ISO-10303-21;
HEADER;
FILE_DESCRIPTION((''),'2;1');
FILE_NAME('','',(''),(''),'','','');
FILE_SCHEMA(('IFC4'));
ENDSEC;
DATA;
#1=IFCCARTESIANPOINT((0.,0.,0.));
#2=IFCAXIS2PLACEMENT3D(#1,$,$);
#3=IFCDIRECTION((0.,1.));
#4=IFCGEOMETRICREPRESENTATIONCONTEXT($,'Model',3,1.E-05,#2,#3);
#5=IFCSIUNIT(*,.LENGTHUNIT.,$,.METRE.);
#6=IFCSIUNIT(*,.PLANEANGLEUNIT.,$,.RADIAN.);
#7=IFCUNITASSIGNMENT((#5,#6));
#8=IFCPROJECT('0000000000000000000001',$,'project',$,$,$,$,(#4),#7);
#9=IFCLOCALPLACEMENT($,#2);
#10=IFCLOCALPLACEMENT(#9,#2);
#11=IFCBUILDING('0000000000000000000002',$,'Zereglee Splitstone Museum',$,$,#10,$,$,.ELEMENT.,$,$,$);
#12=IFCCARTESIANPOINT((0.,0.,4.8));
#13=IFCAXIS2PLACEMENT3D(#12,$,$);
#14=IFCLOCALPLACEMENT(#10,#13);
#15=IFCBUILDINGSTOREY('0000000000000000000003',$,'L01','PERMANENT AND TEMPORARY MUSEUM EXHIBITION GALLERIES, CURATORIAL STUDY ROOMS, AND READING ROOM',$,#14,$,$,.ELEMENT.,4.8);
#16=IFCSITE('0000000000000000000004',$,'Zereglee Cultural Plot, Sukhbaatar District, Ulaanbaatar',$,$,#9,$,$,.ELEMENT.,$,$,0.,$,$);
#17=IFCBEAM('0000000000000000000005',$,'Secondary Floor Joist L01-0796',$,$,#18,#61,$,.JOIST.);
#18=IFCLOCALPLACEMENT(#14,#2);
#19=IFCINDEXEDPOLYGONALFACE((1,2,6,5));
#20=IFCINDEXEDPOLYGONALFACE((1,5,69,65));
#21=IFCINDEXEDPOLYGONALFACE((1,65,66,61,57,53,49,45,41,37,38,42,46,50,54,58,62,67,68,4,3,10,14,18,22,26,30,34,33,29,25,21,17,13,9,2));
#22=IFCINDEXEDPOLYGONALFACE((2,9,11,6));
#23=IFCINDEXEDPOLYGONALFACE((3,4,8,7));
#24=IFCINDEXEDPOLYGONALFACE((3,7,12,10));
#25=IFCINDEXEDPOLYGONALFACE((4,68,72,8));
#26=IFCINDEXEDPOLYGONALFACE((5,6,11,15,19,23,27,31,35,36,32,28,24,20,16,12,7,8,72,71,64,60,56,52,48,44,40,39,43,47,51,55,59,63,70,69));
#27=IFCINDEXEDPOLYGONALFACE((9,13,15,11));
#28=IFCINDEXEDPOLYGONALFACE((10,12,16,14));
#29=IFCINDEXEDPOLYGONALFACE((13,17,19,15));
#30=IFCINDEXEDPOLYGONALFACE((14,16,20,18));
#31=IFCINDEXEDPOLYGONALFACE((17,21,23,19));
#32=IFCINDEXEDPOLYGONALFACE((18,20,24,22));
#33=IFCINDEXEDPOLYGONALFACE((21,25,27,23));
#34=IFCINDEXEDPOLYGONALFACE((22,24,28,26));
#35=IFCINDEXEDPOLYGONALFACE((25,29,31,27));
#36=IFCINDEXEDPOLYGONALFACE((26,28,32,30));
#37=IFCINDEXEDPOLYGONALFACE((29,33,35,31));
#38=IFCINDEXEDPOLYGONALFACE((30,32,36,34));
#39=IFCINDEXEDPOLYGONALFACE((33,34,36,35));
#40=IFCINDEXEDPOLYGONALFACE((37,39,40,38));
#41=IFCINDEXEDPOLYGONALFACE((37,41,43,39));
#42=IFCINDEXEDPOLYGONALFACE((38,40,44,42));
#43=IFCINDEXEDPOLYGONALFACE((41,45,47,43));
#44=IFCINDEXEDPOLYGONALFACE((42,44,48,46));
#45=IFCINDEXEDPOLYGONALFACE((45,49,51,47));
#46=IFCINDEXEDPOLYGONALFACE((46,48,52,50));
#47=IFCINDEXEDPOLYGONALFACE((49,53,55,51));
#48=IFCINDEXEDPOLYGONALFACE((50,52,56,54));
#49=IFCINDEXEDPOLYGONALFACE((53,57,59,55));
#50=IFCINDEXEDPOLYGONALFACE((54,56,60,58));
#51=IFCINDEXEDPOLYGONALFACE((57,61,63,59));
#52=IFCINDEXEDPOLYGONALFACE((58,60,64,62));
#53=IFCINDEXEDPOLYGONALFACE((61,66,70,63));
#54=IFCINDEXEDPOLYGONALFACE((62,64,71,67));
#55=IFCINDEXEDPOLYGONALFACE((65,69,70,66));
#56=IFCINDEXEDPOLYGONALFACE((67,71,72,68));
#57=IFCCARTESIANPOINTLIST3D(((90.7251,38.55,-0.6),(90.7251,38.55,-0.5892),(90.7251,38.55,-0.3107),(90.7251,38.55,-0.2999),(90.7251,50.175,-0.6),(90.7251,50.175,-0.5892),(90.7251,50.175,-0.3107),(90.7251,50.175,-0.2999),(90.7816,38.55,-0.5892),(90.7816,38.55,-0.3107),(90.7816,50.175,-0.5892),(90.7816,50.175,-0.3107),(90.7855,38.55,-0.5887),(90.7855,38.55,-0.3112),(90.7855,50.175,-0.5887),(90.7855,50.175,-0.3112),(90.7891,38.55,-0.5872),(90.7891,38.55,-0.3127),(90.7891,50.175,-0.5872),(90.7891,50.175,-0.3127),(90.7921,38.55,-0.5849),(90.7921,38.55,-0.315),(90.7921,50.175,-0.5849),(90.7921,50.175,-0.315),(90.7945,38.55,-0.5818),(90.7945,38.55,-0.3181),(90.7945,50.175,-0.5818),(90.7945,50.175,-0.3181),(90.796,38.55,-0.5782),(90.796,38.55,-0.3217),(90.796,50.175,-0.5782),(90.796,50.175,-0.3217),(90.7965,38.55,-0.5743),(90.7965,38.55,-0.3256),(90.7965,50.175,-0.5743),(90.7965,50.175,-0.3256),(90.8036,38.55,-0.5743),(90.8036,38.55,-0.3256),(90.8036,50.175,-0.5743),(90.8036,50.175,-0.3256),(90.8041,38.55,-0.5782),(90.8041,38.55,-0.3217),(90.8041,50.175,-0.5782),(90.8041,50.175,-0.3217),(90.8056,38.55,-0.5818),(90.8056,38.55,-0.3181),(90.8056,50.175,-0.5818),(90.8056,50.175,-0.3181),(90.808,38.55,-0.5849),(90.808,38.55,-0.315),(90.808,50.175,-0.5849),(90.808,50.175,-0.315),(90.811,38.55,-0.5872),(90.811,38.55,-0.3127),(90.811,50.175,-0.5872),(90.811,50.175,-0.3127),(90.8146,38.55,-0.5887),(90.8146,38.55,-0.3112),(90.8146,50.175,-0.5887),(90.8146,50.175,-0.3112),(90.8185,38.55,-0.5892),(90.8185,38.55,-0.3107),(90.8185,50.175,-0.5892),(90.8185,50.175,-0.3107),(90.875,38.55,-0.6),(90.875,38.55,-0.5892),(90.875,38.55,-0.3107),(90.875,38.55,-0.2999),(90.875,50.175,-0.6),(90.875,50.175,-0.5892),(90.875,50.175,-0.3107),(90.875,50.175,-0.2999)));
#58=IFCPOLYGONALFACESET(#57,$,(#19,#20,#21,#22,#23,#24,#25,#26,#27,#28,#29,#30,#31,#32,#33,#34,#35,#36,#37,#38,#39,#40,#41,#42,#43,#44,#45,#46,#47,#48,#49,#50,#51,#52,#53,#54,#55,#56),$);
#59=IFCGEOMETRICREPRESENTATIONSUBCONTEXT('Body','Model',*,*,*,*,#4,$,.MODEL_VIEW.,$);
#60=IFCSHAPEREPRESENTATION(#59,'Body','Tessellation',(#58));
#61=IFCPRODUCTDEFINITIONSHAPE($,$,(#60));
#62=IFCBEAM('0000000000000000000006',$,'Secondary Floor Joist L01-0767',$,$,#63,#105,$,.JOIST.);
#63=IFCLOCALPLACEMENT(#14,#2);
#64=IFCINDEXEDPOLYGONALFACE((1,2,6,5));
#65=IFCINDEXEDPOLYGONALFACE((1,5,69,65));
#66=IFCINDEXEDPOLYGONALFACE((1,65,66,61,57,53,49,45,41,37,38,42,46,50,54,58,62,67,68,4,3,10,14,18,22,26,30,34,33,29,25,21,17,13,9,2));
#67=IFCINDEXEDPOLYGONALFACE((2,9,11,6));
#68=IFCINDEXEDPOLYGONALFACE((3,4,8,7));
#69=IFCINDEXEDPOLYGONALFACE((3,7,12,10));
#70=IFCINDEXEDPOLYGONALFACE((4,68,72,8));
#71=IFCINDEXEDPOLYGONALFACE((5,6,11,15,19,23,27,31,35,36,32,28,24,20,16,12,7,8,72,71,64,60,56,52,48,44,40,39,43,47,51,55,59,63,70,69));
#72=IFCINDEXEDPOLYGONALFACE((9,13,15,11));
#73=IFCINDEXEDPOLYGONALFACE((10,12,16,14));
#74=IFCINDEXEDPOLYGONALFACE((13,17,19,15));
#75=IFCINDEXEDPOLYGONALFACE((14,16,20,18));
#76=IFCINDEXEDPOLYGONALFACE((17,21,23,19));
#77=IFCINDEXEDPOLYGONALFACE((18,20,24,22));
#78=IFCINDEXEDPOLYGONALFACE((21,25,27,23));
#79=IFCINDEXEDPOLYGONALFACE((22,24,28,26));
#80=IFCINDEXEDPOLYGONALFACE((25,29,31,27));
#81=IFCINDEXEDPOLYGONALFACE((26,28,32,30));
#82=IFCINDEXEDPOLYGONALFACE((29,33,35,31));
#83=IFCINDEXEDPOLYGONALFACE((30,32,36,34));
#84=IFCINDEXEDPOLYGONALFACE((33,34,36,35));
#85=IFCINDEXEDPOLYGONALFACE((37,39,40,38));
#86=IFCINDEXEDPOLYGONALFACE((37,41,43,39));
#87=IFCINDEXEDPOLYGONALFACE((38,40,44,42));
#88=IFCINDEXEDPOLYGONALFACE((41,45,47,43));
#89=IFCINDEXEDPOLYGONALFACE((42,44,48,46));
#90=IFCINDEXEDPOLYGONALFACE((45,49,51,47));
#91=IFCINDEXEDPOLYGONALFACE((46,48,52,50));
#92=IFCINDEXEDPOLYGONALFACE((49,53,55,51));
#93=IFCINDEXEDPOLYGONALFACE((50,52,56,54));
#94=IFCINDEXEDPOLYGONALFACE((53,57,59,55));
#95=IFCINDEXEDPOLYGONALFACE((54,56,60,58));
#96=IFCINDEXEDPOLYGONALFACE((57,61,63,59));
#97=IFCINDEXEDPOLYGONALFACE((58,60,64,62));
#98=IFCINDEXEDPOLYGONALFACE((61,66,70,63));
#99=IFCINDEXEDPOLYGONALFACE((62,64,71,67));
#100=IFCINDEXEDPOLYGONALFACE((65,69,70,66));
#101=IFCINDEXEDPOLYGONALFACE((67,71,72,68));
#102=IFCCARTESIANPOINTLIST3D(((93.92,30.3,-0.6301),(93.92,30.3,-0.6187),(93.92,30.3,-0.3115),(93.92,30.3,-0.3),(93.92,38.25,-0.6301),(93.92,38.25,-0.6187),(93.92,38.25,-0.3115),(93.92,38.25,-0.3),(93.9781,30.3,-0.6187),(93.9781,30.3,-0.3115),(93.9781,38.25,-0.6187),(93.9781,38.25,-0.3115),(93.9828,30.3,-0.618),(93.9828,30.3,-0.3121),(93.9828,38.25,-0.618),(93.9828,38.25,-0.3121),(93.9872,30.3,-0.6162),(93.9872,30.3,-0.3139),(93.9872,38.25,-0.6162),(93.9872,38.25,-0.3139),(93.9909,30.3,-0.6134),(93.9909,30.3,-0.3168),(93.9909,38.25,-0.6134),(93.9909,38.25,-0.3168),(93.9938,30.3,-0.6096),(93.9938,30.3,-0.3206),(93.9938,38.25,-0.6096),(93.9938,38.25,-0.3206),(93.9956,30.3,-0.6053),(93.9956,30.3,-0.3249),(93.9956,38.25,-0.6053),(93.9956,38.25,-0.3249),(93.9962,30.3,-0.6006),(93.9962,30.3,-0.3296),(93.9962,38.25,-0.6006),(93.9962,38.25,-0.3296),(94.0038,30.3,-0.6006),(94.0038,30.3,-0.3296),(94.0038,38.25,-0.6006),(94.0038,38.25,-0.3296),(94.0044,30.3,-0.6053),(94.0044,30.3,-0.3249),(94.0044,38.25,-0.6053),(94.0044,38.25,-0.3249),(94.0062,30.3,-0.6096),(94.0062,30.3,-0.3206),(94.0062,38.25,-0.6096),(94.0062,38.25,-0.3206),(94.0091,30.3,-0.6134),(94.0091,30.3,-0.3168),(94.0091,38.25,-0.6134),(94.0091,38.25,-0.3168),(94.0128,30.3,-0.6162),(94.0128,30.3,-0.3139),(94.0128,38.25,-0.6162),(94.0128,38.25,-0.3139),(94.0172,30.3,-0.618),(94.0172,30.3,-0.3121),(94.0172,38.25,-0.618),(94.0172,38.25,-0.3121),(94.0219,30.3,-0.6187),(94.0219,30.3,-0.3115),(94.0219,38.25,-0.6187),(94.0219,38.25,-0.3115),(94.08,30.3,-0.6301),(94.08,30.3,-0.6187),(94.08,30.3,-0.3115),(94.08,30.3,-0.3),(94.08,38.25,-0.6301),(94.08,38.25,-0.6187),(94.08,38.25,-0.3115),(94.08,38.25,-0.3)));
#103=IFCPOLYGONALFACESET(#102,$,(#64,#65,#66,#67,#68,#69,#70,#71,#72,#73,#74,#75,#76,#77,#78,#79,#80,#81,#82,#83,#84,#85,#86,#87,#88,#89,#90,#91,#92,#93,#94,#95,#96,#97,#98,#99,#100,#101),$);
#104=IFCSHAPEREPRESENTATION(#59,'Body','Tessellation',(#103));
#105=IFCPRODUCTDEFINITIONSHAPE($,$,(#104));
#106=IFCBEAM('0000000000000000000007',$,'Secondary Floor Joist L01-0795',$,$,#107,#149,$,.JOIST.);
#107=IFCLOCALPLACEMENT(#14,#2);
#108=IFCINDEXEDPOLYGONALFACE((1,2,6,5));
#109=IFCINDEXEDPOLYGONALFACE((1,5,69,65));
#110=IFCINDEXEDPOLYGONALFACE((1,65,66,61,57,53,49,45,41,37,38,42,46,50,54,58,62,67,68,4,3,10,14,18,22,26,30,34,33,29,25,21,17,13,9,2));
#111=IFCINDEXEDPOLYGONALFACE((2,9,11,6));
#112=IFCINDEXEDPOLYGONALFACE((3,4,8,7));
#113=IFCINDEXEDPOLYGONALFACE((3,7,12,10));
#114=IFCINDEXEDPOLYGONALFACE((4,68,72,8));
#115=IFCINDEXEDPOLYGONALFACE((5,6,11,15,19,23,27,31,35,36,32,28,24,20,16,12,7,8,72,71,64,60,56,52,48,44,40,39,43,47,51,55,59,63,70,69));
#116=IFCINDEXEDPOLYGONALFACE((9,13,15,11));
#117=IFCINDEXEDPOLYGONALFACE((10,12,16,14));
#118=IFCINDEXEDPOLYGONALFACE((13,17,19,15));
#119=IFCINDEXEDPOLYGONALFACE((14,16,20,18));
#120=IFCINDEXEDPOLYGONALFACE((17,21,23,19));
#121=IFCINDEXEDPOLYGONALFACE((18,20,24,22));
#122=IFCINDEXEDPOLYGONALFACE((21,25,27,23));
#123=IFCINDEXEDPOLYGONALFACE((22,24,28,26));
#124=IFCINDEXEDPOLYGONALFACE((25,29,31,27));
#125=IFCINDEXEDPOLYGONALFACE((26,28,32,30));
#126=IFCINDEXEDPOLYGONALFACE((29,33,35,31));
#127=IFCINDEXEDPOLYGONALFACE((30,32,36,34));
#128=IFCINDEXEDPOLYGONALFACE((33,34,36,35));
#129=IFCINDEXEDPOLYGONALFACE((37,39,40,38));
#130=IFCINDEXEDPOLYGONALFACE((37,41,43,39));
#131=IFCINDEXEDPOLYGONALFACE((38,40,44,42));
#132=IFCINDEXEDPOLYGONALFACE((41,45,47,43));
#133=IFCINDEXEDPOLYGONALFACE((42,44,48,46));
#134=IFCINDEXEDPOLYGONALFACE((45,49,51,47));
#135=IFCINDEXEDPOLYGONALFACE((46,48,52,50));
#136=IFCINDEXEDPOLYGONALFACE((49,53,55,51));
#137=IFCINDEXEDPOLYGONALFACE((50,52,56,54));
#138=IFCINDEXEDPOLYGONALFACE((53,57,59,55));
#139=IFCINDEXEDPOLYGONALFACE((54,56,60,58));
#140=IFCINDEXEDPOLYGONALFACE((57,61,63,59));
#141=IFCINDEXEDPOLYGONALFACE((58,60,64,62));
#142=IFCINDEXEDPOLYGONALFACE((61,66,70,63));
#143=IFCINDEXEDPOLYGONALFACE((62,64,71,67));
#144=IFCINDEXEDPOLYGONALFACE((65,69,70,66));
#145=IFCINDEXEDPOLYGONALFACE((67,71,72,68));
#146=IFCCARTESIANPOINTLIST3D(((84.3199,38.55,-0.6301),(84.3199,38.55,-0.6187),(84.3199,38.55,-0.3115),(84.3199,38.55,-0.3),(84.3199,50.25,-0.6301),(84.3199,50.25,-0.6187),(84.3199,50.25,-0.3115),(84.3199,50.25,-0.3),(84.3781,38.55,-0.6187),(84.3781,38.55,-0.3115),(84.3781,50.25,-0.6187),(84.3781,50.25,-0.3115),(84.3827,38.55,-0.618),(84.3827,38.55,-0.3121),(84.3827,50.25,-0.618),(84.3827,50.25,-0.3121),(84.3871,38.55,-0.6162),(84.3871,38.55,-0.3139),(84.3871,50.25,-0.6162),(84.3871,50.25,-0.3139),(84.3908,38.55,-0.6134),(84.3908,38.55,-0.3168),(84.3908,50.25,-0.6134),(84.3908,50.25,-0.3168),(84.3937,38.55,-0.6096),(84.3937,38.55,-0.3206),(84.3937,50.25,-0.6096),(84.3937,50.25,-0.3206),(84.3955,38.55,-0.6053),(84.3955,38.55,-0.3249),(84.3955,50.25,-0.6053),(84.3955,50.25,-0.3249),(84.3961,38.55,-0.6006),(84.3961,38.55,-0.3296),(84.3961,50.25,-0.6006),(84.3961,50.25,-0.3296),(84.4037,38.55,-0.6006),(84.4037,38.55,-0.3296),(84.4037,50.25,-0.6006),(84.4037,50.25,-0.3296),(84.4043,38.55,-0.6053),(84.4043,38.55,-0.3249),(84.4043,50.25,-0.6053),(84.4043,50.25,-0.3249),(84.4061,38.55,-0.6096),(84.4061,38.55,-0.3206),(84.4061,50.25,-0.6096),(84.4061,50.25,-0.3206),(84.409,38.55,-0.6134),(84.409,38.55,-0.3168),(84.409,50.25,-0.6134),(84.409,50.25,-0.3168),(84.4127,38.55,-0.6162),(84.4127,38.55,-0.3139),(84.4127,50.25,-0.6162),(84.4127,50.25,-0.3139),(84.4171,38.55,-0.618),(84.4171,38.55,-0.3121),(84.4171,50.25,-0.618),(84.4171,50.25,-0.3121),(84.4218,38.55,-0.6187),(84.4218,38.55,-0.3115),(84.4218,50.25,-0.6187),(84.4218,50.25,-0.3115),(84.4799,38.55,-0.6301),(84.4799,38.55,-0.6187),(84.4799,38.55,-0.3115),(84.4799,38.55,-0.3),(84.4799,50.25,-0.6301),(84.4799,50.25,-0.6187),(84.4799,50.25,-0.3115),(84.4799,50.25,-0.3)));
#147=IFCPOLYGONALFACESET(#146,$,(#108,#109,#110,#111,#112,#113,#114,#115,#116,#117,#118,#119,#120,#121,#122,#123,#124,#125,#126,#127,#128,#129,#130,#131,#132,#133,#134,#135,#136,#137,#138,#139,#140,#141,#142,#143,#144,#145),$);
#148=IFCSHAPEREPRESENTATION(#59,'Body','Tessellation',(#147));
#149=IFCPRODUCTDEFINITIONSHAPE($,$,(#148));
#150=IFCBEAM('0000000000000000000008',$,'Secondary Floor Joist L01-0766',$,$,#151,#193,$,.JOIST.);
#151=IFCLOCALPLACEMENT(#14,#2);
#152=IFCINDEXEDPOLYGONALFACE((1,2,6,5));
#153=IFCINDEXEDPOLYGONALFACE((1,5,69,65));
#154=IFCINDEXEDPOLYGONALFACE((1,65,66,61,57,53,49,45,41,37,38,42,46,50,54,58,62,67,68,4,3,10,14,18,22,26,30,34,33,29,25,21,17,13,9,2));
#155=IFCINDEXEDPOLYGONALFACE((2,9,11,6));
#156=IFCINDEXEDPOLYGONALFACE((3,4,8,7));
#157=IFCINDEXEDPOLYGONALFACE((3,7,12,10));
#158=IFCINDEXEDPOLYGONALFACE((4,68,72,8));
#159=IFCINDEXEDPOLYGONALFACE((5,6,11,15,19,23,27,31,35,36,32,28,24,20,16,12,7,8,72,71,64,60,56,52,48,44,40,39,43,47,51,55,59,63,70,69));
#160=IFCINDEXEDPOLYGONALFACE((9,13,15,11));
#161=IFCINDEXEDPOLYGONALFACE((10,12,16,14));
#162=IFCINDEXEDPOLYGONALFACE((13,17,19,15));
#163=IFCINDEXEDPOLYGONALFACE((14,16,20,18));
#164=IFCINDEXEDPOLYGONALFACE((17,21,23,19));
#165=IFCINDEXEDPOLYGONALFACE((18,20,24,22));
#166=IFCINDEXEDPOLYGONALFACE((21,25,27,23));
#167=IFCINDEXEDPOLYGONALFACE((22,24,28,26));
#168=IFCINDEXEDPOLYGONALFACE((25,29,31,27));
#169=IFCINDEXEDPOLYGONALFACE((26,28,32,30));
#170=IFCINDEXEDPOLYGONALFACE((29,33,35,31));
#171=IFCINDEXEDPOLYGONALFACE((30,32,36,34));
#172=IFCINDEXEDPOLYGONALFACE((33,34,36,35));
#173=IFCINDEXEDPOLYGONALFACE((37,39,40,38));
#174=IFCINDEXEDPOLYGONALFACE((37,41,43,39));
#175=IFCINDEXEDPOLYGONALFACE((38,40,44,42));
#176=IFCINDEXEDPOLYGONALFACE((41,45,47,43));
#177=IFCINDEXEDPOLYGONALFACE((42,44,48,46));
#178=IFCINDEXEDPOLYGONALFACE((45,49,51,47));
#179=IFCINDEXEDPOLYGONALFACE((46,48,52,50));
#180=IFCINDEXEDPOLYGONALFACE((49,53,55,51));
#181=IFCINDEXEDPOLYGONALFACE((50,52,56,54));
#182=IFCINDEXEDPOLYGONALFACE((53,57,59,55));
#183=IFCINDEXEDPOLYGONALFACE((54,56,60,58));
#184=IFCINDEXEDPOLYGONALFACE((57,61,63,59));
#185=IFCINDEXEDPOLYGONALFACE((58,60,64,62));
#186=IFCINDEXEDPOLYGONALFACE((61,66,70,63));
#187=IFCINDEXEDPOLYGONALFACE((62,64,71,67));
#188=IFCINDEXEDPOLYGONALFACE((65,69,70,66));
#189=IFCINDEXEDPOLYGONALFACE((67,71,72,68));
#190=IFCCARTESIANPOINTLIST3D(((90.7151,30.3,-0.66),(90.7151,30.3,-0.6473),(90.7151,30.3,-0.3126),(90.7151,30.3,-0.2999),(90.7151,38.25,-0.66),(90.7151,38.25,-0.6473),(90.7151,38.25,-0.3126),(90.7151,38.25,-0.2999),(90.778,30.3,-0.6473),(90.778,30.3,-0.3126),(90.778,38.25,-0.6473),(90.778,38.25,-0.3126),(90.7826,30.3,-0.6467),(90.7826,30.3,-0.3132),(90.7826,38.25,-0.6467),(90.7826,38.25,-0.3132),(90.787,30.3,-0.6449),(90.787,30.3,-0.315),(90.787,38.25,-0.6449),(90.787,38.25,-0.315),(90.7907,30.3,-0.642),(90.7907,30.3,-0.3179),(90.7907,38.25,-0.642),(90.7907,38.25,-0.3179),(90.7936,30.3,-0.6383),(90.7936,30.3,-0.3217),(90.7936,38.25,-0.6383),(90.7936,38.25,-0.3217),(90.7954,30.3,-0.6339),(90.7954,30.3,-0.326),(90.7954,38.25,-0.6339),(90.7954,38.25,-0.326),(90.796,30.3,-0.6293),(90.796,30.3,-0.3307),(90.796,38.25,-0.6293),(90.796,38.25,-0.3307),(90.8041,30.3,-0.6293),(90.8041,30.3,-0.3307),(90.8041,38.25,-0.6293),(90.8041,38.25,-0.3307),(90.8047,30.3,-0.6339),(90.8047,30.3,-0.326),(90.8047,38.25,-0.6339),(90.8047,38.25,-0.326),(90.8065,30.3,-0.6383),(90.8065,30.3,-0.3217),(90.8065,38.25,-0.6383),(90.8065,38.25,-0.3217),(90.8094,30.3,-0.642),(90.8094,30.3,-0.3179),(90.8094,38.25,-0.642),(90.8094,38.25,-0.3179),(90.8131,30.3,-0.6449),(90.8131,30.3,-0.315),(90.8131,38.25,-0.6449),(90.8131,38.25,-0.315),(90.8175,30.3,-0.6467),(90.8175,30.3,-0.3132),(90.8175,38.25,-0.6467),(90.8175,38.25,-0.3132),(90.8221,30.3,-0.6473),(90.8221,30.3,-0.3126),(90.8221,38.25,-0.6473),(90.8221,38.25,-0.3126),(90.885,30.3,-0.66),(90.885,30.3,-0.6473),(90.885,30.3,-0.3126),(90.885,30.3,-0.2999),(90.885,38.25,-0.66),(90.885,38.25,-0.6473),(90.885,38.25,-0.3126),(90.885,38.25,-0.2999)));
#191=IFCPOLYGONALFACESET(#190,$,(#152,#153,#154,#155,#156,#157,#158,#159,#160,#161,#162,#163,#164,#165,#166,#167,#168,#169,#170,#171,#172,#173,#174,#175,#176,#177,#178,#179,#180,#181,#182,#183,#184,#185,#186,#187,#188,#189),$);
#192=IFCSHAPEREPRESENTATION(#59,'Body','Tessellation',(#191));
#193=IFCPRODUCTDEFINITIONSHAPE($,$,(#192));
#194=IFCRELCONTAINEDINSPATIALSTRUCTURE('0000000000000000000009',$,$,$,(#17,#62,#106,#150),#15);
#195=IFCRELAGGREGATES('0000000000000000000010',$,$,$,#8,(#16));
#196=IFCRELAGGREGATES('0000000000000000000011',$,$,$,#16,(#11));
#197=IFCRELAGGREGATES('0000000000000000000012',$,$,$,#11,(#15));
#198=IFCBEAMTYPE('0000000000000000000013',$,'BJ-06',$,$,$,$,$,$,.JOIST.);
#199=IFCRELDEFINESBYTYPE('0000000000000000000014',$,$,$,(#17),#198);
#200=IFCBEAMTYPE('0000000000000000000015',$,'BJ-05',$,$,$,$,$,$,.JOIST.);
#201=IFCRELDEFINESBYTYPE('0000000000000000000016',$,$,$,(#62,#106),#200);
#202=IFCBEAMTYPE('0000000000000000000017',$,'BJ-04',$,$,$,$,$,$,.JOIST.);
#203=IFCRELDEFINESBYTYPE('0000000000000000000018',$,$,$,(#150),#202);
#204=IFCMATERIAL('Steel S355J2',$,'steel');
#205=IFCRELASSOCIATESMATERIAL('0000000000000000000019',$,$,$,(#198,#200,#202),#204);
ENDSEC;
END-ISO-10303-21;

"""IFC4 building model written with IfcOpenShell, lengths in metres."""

from ifc_helpers import new_model, si_unit, direction, frame, origin, origin_2d, place, context, subcontext, project, spatial, i_section, extrude, material, material_profile, profile_set, type_object, element, save


model = new_model("IFC4")

# Units and contexts
model_context = context("Model", 3, precision=1e-05, world=origin(), true_north=direction((0.0, 1.0)))
body_context = subcontext(model_context, "Body", "Model", "MODEL_VIEW")
ifc_project = project(units=[si_unit("LENGTHUNIT", "METRE"), si_unit("PLANEANGLEUNIT", "RADIAN")], contexts=[model_context])

# Site, building, storey
site_placement = place(None, origin())
site = spatial("IfcSite", under=ifc_project, at=site_placement, Name="Zereglee Cultural Plot, Sukhbaatar District, Ulaanbaatar", CompositionType="ELEMENT", RefElevation=0.0)
building_placement = place(site_placement, origin())
building = spatial("IfcBuilding", under=site, at=building_placement, Name="Zereglee Splitstone Museum", CompositionType="ELEMENT")
storey_placement = place(building_placement, frame((0.0, 0.0, 4.8)))
storey = spatial("IfcBuildingStorey", under=building, at=storey_placement, Name="L01", Description="PERMANENT AND TEMPORARY MUSEUM EXHIBITION GALLERIES, CURATORIAL STUDY ROOMS, AND READING ROOM", CompositionType="ELEMENT", Elevation=4.8)

# Shared definitions
ifc_material_1 = material(Name="Steel S355J2", Category="steel")

# Beams
ifc_material_profile_1 = material_profile(ifc_material_1, i_section(OverallWidth=0.1499, OverallDepth=0.3, WebThickness=0.0071, FlangeThickness=0.0107, FilletRadius=0.0149, at=origin_2d()), Name="IPE 300")
ifc_profile_set_1 = profile_set([ifc_material_profile_1], Name="Steel S355J2")
beam_type_1 = type_object("IfcBeamType", Name="BJ-06", PredefinedType="JOIST", material=ifc_profile_set_1)
beam_1_placement = place(storey_placement, frame((90.8, 38.55, -0.45), z_axis=(0.0, 1.0, 0.0), x_axis=(-1.0, 0.0, 0.0)))
element("IfcBeam", 1, at=beam_1_placement, inside=storey, type_object=beam_type_1, Name="Secondary Floor Joist L01-0796", PredefinedType="JOIST", context=body_context, shape_type="SweptSolid", body=[
    extrude(i_section(OverallWidth=0.1499, OverallDepth=0.3, WebThickness=0.0071, FlangeThickness=0.0107, FilletRadius=0.0149, at=origin_2d()), origin(), (0.0, 0.0, 1.0), 11.625),
])
ifc_material_profile_2 = material_profile(ifc_material_1, i_section(OverallWidth=0.1599, OverallDepth=0.3301, WebThickness=0.0076, FlangeThickness=0.0115, FilletRadius=0.0181, at=origin_2d()), Name="IPE 330")
ifc_profile_set_2 = profile_set([ifc_material_profile_2], Name="Steel S355J2")
beam_type_2 = type_object("IfcBeamType", Name="BJ-05", PredefinedType="JOIST", material=ifc_profile_set_2)
beam_2_placement = place(storey_placement, frame((94.0, 30.3, -0.4651), z_axis=(0.0, 1.0, 0.0), x_axis=(-1.0, 0.0, 0.0)))
element("IfcBeam", 2, at=beam_2_placement, inside=storey, type_object=beam_type_2, Name="Secondary Floor Joist L01-0767", PredefinedType="JOIST", context=body_context, shape_type="SweptSolid", body=[
    extrude(i_section(OverallWidth=0.1599, OverallDepth=0.3301, WebThickness=0.0076, FlangeThickness=0.0115, FilletRadius=0.0181, at=origin_2d()), origin(), (0.0, 0.0, 1.0), 7.95),
])
beam_3_placement = place(storey_placement, frame((84.3999, 38.55, -0.4651), z_axis=(0.0, 1.0, 0.0), x_axis=(-1.0, 0.0, 0.0)))
element("IfcBeam", 3, at=beam_3_placement, inside=storey, type_object=beam_type_2, Name="Secondary Floor Joist L01-0795", PredefinedType="JOIST", context=body_context, shape_type="SweptSolid", body=[
    extrude(i_section(OverallWidth=0.1599, OverallDepth=0.3301, WebThickness=0.0076, FlangeThickness=0.0115, FilletRadius=0.0181, at=origin_2d()), origin(), (0.0, 0.0, 1.0), 11.7),
])
ifc_material_profile_3 = material_profile(ifc_material_1, i_section(OverallWidth=0.1699, OverallDepth=0.3601, WebThickness=0.0081, FlangeThickness=0.0127, FilletRadius=0.0181, at=origin_2d()), Name="IPE 360")
ifc_profile_set_3 = profile_set([ifc_material_profile_3], Name="Steel S355J2")
beam_type_3 = type_object("IfcBeamType", Name="BJ-04", PredefinedType="JOIST", material=ifc_profile_set_3)
beam_4_placement = place(storey_placement, frame((90.8, 30.3, -0.48), z_axis=(0.0, 1.0, 0.0), x_axis=(-1.0, 0.0, 0.0)))
element("IfcBeam", 4, at=beam_4_placement, inside=storey, type_object=beam_type_3, Name="Secondary Floor Joist L01-0766", PredefinedType="JOIST", context=body_context, shape_type="SweptSolid", body=[
    extrude(i_section(OverallWidth=0.1699, OverallDepth=0.3601, WebThickness=0.0081, FlangeThickness=0.0127, FilletRadius=0.0181, at=origin_2d()), origin(), (0.0, 0.0, 1.0), 7.95),
])

save(model, "model.ifc")
